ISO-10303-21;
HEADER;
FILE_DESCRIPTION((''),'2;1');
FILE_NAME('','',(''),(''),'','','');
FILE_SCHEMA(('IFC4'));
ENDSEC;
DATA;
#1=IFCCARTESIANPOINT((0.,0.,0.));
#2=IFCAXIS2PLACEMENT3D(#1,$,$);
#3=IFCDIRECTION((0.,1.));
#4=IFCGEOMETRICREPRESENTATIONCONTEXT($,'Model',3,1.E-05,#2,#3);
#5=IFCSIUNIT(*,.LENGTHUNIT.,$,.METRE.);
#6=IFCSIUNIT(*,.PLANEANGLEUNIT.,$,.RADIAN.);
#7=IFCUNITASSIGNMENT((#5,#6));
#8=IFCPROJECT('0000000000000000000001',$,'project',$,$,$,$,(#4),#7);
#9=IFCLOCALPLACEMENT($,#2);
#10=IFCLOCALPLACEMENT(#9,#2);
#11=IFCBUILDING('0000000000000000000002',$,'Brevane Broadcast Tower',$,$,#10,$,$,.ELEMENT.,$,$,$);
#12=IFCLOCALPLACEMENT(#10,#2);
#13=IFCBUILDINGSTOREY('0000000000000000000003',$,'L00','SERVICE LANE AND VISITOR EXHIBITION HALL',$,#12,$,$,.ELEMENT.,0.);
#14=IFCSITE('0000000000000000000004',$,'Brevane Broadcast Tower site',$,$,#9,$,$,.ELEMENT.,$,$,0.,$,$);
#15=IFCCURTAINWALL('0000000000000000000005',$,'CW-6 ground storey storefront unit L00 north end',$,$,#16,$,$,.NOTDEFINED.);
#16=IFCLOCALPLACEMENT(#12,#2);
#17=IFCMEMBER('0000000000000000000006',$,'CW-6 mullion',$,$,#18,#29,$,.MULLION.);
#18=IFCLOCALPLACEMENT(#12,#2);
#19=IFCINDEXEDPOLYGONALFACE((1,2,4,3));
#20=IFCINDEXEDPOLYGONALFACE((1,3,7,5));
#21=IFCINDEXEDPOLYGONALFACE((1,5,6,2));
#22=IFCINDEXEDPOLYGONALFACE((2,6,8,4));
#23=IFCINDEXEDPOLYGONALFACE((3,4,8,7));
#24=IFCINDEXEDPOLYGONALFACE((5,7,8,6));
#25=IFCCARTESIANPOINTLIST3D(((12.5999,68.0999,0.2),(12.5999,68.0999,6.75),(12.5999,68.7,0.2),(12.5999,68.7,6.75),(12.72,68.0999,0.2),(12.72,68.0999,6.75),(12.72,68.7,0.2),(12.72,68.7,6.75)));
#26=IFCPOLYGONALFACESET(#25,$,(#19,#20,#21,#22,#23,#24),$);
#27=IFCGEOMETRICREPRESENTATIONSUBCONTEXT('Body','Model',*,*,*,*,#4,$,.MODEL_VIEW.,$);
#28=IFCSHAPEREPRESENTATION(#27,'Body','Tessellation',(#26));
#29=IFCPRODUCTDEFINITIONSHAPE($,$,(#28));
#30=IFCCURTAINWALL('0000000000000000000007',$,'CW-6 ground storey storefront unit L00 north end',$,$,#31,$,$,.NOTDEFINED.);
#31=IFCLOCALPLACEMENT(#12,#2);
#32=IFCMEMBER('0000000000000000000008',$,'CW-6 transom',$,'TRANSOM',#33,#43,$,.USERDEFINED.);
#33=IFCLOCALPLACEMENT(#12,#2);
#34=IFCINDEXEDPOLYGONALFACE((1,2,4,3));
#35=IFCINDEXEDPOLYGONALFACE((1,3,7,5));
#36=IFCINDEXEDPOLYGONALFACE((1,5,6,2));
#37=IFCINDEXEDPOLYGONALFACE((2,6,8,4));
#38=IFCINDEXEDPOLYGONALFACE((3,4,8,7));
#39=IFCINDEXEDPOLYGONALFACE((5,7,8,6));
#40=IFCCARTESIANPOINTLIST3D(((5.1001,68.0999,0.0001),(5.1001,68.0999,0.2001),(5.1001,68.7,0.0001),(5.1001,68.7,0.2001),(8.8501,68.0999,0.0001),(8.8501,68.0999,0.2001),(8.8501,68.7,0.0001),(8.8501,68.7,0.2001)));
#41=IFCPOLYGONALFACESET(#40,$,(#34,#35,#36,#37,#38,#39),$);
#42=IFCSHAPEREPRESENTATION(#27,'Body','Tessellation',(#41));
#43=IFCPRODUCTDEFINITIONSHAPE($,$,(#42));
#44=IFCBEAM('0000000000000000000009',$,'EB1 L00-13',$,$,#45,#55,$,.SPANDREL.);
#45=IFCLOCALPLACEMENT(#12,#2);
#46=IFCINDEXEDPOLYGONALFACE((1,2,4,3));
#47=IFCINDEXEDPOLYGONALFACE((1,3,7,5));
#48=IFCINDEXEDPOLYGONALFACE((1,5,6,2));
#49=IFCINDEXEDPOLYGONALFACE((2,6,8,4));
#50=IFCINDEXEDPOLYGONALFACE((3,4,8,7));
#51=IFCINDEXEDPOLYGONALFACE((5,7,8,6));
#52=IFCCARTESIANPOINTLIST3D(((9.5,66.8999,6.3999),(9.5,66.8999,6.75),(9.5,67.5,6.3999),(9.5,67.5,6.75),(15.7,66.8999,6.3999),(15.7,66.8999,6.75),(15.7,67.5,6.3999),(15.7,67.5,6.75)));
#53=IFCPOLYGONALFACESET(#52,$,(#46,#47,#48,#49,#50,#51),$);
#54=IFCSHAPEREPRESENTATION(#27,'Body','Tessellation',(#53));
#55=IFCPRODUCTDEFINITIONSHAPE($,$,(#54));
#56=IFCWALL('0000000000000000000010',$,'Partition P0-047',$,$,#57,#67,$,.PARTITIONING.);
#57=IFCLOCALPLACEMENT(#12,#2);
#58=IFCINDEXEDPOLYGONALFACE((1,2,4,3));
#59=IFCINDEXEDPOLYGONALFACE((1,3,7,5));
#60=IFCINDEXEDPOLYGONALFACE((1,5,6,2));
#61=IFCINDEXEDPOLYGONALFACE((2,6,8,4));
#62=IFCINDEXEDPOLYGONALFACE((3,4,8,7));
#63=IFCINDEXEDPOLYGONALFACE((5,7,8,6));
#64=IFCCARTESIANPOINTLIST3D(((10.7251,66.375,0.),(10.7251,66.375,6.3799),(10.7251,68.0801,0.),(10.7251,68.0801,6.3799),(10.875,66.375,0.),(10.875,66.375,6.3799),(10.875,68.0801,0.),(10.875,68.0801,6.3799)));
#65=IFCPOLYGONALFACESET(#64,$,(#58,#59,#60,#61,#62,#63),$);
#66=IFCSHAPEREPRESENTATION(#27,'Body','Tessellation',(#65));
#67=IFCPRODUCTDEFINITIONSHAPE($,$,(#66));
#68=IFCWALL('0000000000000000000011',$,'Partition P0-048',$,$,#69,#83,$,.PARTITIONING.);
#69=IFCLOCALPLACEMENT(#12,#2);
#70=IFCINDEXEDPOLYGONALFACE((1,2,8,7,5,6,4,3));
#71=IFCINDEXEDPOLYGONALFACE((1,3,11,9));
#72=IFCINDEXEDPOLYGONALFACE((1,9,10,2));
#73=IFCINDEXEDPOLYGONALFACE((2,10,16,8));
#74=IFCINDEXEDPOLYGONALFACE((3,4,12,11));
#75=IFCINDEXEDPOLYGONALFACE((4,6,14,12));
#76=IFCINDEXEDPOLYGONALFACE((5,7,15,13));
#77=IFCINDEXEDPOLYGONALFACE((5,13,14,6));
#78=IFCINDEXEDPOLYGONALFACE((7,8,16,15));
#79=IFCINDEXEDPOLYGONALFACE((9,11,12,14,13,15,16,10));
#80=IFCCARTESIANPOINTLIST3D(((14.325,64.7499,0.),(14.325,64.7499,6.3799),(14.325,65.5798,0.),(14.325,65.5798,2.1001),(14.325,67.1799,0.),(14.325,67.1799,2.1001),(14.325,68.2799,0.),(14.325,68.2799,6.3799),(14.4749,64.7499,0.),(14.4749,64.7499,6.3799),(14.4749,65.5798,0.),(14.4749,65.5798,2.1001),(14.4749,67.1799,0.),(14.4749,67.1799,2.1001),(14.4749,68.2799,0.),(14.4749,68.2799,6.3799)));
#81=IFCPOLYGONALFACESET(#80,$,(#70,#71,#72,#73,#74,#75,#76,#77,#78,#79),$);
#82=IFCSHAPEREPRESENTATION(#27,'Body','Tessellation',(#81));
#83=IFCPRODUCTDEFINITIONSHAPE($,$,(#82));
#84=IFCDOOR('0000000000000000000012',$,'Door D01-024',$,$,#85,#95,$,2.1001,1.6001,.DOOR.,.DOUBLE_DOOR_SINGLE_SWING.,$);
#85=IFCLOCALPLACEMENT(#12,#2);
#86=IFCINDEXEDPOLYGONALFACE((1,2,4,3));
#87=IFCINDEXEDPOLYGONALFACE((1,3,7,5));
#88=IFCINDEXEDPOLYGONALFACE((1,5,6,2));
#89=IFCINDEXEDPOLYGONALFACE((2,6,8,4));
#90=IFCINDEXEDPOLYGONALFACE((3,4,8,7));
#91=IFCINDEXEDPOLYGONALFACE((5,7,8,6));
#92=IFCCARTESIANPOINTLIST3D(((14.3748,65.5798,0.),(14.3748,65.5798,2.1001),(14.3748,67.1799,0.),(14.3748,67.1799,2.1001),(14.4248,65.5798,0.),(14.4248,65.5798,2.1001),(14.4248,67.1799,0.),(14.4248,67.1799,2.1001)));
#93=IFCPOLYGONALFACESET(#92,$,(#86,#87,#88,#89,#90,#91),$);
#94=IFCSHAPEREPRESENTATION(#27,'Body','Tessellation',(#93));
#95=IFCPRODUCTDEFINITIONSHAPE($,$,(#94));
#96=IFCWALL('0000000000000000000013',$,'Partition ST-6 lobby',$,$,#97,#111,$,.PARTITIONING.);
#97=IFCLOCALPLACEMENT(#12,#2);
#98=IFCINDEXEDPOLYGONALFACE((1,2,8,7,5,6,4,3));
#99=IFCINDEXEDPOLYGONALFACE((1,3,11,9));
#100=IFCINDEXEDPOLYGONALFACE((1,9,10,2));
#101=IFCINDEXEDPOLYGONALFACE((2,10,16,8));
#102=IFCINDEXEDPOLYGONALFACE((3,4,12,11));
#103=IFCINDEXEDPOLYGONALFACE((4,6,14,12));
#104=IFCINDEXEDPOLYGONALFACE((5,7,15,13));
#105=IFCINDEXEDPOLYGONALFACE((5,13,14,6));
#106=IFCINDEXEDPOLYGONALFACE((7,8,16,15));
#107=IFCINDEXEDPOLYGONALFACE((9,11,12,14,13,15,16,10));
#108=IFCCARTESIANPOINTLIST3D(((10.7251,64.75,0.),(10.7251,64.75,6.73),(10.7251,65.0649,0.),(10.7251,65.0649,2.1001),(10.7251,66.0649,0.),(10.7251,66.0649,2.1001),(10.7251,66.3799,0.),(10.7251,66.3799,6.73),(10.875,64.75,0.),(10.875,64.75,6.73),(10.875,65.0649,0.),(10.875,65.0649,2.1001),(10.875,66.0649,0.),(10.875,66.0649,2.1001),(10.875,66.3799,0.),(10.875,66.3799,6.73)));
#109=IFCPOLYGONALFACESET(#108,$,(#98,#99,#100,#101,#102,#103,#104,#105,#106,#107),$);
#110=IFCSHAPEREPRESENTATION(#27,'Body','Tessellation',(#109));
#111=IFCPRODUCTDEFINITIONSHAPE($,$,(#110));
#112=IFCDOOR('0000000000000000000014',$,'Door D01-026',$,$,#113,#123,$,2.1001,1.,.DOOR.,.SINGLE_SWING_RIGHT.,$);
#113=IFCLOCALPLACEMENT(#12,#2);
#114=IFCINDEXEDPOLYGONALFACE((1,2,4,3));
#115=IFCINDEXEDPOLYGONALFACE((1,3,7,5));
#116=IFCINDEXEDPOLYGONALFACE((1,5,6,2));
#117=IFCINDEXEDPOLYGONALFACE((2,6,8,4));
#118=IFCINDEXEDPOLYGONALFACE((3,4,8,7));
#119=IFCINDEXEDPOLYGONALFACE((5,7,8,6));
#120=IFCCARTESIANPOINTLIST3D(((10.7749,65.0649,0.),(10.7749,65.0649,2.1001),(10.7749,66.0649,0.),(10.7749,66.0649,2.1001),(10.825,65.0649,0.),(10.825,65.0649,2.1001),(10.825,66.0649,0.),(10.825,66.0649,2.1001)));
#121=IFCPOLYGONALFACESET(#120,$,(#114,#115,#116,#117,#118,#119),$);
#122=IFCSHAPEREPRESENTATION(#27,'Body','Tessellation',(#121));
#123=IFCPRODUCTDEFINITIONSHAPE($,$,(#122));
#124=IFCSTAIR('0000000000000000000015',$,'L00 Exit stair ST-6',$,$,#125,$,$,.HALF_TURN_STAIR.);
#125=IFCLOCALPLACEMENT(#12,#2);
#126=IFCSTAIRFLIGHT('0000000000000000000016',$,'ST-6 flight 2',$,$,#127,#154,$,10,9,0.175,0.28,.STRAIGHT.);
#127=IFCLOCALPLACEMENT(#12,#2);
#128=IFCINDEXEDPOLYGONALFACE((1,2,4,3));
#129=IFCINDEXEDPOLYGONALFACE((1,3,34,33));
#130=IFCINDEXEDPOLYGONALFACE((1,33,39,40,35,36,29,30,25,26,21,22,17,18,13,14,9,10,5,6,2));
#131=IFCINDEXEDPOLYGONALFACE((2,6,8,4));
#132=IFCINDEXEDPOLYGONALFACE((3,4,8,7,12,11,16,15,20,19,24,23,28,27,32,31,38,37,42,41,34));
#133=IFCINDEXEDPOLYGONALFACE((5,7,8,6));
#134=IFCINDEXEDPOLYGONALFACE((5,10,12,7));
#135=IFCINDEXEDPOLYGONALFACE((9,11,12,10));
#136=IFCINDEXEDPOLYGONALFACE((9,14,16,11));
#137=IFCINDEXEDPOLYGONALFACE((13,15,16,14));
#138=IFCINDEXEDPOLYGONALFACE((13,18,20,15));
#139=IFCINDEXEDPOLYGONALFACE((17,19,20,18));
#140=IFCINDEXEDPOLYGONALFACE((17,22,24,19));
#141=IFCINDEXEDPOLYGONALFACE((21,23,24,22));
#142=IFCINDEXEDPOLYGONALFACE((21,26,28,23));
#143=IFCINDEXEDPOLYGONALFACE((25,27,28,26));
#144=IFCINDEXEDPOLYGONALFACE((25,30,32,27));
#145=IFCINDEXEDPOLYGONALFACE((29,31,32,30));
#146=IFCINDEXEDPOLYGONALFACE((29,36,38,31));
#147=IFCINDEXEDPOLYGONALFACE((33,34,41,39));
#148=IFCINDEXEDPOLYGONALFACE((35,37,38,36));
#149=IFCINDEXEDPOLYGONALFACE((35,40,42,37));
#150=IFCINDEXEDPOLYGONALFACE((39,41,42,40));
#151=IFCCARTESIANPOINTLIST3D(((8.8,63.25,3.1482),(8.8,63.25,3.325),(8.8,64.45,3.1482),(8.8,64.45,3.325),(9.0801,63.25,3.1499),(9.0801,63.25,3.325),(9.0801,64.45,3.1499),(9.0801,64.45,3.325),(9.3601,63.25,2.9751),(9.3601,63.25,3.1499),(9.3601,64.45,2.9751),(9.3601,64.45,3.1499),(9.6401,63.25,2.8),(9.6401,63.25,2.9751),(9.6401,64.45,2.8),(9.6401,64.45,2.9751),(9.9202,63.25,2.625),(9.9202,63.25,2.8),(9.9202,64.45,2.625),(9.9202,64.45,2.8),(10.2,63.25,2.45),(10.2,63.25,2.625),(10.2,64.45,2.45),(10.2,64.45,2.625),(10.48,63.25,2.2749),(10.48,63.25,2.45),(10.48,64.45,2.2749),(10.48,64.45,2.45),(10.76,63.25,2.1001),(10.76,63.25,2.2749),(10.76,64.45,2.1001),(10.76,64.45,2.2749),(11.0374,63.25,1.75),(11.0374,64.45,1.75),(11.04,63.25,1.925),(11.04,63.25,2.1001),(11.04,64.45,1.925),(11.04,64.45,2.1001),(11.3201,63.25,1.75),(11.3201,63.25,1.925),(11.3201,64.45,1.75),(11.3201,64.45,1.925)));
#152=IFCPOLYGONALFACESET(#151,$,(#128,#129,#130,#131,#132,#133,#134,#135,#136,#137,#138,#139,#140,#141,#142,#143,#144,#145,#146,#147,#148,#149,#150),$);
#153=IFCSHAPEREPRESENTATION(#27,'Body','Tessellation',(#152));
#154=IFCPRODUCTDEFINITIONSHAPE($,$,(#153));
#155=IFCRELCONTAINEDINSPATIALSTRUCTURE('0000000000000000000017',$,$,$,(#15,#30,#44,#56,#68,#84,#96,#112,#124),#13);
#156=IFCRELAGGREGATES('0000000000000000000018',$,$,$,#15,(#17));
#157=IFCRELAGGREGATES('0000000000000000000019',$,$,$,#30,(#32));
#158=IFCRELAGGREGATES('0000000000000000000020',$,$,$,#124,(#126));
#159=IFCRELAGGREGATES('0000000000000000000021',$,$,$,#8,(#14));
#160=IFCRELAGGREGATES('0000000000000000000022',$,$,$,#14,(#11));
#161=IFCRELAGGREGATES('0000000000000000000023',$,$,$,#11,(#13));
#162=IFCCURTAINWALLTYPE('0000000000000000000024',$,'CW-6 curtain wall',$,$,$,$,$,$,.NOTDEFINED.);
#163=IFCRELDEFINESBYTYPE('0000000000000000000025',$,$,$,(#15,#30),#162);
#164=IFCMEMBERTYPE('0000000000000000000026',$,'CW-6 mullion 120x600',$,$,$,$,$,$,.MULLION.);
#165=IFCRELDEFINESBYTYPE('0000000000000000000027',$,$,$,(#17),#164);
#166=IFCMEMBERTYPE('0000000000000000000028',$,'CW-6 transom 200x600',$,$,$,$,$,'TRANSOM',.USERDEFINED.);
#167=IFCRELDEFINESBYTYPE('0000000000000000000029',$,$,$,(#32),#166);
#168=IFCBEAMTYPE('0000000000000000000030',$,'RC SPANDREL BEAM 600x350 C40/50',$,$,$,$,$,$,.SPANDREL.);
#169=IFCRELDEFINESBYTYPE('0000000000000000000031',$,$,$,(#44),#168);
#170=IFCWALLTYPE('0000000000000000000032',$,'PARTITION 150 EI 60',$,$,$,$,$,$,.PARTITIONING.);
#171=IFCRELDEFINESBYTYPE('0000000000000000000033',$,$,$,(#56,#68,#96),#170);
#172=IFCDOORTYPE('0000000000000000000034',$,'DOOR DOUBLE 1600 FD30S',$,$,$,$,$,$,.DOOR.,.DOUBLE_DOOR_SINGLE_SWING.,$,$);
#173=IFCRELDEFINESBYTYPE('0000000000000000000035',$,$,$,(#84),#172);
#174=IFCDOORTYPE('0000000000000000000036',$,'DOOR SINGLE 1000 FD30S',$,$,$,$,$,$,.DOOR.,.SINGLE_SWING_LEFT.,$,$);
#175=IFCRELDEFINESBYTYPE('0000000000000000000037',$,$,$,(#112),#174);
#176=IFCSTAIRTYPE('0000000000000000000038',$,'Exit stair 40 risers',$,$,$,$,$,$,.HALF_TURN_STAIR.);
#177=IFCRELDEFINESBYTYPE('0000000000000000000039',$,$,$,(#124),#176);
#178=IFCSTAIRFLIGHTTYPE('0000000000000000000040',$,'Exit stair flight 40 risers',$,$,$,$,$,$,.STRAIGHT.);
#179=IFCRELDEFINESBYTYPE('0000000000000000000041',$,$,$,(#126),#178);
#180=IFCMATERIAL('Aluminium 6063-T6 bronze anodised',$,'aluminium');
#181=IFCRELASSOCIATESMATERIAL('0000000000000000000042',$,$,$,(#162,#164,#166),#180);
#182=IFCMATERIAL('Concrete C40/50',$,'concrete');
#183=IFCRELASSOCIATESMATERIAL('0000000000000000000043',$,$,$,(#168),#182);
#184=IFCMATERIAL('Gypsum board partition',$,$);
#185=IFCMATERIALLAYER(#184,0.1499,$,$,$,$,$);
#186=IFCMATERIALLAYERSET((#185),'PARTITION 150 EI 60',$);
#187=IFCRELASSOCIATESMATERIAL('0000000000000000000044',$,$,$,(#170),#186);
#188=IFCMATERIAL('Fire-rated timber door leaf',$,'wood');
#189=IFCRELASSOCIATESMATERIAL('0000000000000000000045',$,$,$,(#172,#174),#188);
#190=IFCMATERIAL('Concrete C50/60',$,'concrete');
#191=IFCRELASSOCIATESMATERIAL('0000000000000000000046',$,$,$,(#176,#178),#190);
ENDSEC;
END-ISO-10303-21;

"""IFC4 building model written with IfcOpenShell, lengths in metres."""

from ifc_helpers import new_model, si_unit, direction, frame, frame_2d, origin, origin_2d, place, context, subcontext, project, spatial, polyline, rectangle, outline, extrude, material, layer, layer_set, material_profile, profile_set, type_object, element, fill, aggregate, save


model = new_model("IFC4")

# Units and contexts
model_context = context("Model", 3, precision=1e-05, world=origin(), true_north=direction((0.0, 1.0)))
body_context = subcontext(model_context, "Body", "Model", "MODEL_VIEW")
ifc_project = project(units=[si_unit("LENGTHUNIT", "METRE"), si_unit("PLANEANGLEUNIT", "RADIAN")], contexts=[model_context])

# Site, building, storey
site_placement = place(None, origin())
site = spatial("IfcSite", under=ifc_project, at=site_placement, Name="Brevane Broadcast Tower site", CompositionType="ELEMENT", RefElevation=0.0)
building_placement = place(site_placement, origin())
building = spatial("IfcBuilding", under=site, at=building_placement, Name="Brevane Broadcast Tower", CompositionType="ELEMENT")
storey_placement = place(building_placement, origin())
storey = spatial("IfcBuildingStorey", under=building, at=storey_placement, Name="L00", Description="SERVICE LANE AND VISITOR EXHIBITION HALL", CompositionType="ELEMENT", Elevation=0.0)

# Curtain walls, members
ifc_material_1 = material(Name="Aluminium 6063-T6 bronze anodised", Category="aluminium")
curtain_wall_type = type_object("IfcCurtainWallType", Name="CW-6 curtain wall", PredefinedType="NOTDEFINED", material=ifc_material_1)
curtain_wall_1_placement = place(storey_placement, origin())
curtain_wall_1 = element("IfcCurtainWall", 1, at=curtain_wall_1_placement, inside=storey, type_object=curtain_wall_type, Name="CW-6 ground storey storefront unit L00 north end", PredefinedType="NOTDEFINED")
ifc_material_profile_1 = material_profile(ifc_material_1, rectangle(XDim=0.6001, YDim=0.1201, at=origin_2d()), Name="RECT 120x600")
ifc_profile_set_1 = profile_set([ifc_material_profile_1], Name="Aluminium 6063-T6 bronze anodised")
member_type_1 = type_object("IfcMemberType", Name="CW-6 mullion 120x600", PredefinedType="MULLION", material=ifc_profile_set_1)
member_1_placement = place(storey_placement, frame((12.6599, 68.3999, 0.2), z_axis=(0.0, 0.0, 1.0), x_axis=(0.0, -1.0, 0.0)))
member_1 = element("IfcMember", 2, at=member_1_placement, type_object=member_type_1, Name="CW-6 mullion", PredefinedType="MULLION", context=body_context, shape_type="SweptSolid", body=[
    extrude(rectangle(XDim=0.6001, YDim=0.1201, at=origin_2d()), origin(), (0.0, 0.0, 1.0), 6.55),
])
aggregate(curtain_wall_1, [member_1])
curtain_wall_2_placement = place(storey_placement, origin())
curtain_wall_2 = element("IfcCurtainWall", 3, at=curtain_wall_2_placement, inside=storey, type_object=curtain_wall_type, Name="CW-6 ground storey storefront unit L00 north end", PredefinedType="NOTDEFINED")
ifc_material_profile_2 = material_profile(ifc_material_1, rectangle(XDim=0.6001, YDim=0.2, at=origin_2d()), Name="RECT 200x600")
ifc_profile_set_2 = profile_set([ifc_material_profile_2], Name="Aluminium 6063-T6 bronze anodised")
member_type_2 = type_object("IfcMemberType", Name="CW-6 transom 200x600", ElementType="TRANSOM", PredefinedType="USERDEFINED", material=ifc_profile_set_2)
member_2_placement = place(storey_placement, frame((8.8501, 68.3999, 0.1001), z_axis=(-1.0, 0.0, 0.0), x_axis=(0.0, -1.0, 0.0)))
member_2 = element("IfcMember", 4, at=member_2_placement, type_object=member_type_2, Name="CW-6 transom", ObjectType="TRANSOM", PredefinedType="USERDEFINED", context=body_context, shape_type="SweptSolid", body=[
    extrude(rectangle(XDim=0.6001, YDim=0.2, at=origin_2d()), origin(), (0.0, 0.0, 1.0), 3.75),
])
aggregate(curtain_wall_2, [member_2])

# Beam
ifc_material_2 = material(Name="Concrete C40/50", Category="concrete")
ifc_material_profile_3 = material_profile(ifc_material_2, rectangle(XDim=0.6001, YDim=0.3501, at=origin_2d()), Name="RC 600x350")
ifc_profile_set_3 = profile_set([ifc_material_profile_3], Name="Concrete C40/50")
beam_type = type_object("IfcBeamType", Name="RC SPANDREL BEAM 600x350 C40/50", PredefinedType="SPANDREL", material=ifc_profile_set_3)
beam_placement = place(storey_placement, frame((15.7, 67.2, 6.575), z_axis=(-1.0, 0.0, 0.0), x_axis=(0.0, -1.0, 0.0)))
element("IfcBeam", 5, at=beam_placement, inside=storey, type_object=beam_type, Name="EB1 L00-13", PredefinedType="SPANDREL", context=body_context, shape_type="SweptSolid", body=[
    extrude(rectangle(XDim=0.6001, YDim=0.3501, at=origin_2d()), origin(), (0.0, 0.0, 1.0), 6.2),
])

# Wall
ifc_material_3 = material(Name="Gypsum board partition")
ifc_layer_1 = layer(ifc_material_3, 0.1499)
ifc_layer_set_1 = layer_set([ifc_layer_1], Name="PARTITION 150 EI 60")
wall_type_1 = type_object("IfcWallType", Name="PARTITION 150 EI 60", PredefinedType="PARTITIONING", material=ifc_layer_set_1)
wall_1_placement = place(storey_placement, frame((10.8, 66.375, 0.0), z_axis=(0.0, 0.0, 1.0), x_axis=(0.0, 1.0, 0.0)))
element("IfcWall", 6, at=wall_1_placement, inside=storey, type_object=wall_type_1, Name="Partition P0-047", PredefinedType="PARTITIONING", context=body_context, shape_type="SweptSolid", body=[
    extrude(rectangle(XDim=1.7051, YDim=0.1499, at=frame_2d((0.8525, 0.0))), origin(), (0.0, 0.0, 1.0), 6.3799),
])

# Walls, openings, doors
wall_2_placement = place(storey_placement, frame((14.3999, 68.28, 0.0), z_axis=(0.0, 0.0, 1.0), x_axis=(0.0, -1.0, 0.0)))
wall_2 = element("IfcWall", 7, at=wall_2_placement, inside=storey, type_object=wall_type_1, Name="Partition P0-048", PredefinedType="PARTITIONING", context=body_context, shape_type="SweptSolid", body=[
    extrude(rectangle(XDim=3.53, YDim=0.1499, at=frame_2d((1.7651, 0.0))), origin(), (0.0, 0.0, 1.0), 6.3799),
])
opening_1_placement = place(wall_2_placement, frame((1.1001, 0.0, 0.0)))
opening_1 = element("IfcOpeningElement", 8, at=opening_1_placement, cuts=wall_2, PredefinedType="OPENING", context=body_context, shape_type="SweptSolid", body=[
    extrude(rectangle(XDim=1.6001, YDim=2.1001, at=frame_2d((0.8, 1.05))), frame((0.0, 0.085, 0.0), z_axis=(0.0, -1.0, 0.0), x_axis=(1.0, 0.0, 0.0)), (0.0, 0.0, 1.0), 0.1699),
])
ifc_material_4 = material(Name="Fire-rated timber door leaf", Category="wood")
door_type_1 = type_object("IfcDoorType", Name="DOOR DOUBLE 1600 FD30S", OperationType="DOUBLE_DOOR_SINGLE_SWING", PredefinedType="DOOR", material=ifc_material_4)
door_1_placement = place(opening_1_placement, origin())
door_1 = element("IfcDoor", 9, at=door_1_placement, inside=storey, type_object=door_type_1, Name="Door D01-024", OperationType="DOUBLE_DOOR_SINGLE_SWING", OverallHeight=2.1001, OverallWidth=1.6001, PredefinedType="DOOR", context=body_context, shape_type="SweptSolid", body=[
    extrude(rectangle(XDim=1.6001, YDim=2.1001, at=frame_2d((0.8, 1.05))), frame((0.0, 0.0249, 0.0), z_axis=(0.0, -1.0, 0.0), x_axis=(1.0, 0.0, 0.0)), (0.0, 0.0, 1.0), 0.05),
])
fill(opening_1, door_1)
wall_3_placement = place(storey_placement, frame((10.8, 66.3799, 0.0), z_axis=(0.0, 0.0, 1.0), x_axis=(0.0, -1.0, 0.0)))
wall_3 = element("IfcWall", 10, at=wall_3_placement, inside=storey, type_object=wall_type_1, Name="Partition ST-6 lobby", PredefinedType="PARTITIONING", context=body_context, shape_type="SweptSolid", body=[
    extrude(rectangle(XDim=1.6299, YDim=0.1499, at=frame_2d((0.8149, 0.0))), origin(), (0.0, 0.0, 1.0), 6.73),
])
opening_2_placement = place(wall_3_placement, frame((0.3149, 0.0, 0.0)))
opening_2 = element("IfcOpeningElement", 11, at=opening_2_placement, cuts=wall_3, PredefinedType="OPENING", context=body_context, shape_type="SweptSolid", body=[
    extrude(rectangle(XDim=1.0, YDim=2.1001, at=frame_2d((0.5, 1.05))), frame((0.0, 0.085, 0.0), z_axis=(0.0, -1.0, 0.0), x_axis=(1.0, 0.0, 0.0)), (0.0, 0.0, 1.0), 0.1699),
])
door_type_2 = type_object("IfcDoorType", Name="DOOR SINGLE 1000 FD30S", OperationType="SINGLE_SWING_LEFT", PredefinedType="DOOR", material=ifc_material_4)
door_2_placement = place(opening_2_placement, origin())
door_2 = element("IfcDoor", 12, at=door_2_placement, inside=storey, type_object=door_type_2, Name="Door D01-026", OperationType="SINGLE_SWING_RIGHT", OverallHeight=2.1001, OverallWidth=1.0, PredefinedType="DOOR", context=body_context, shape_type="SweptSolid", body=[
    extrude(rectangle(XDim=1.0, YDim=2.1001, at=frame_2d((0.5, 1.05))), frame((0.0, 0.0249, 0.0), z_axis=(0.0, -1.0, 0.0), x_axis=(1.0, 0.0, 0.0)), (0.0, 0.0, 1.0), 0.05),
])
fill(opening_2, door_2)

# Stair, stair flight
ifc_material_5 = material(Name="Concrete C50/60", Category="concrete")
stair_type = type_object("IfcStairType", Name="Exit stair 40 risers", PredefinedType="HALF_TURN_STAIR", material=ifc_material_5)
stair_placement = place(storey_placement, origin())
stair = element("IfcStair", 13, at=stair_placement, inside=storey, type_object=stair_type, Name="L00 Exit stair ST-6", PredefinedType="HALF_TURN_STAIR")
stair_flight_type = type_object("IfcStairFlightType", Name="Exit stair flight 40 risers", PredefinedType="STRAIGHT", material=ifc_material_5)
stair_flight_1_placement = place(storey_placement, frame((11.3201, 63.8501, 1.75), z_axis=(0.0, 0.0, 1.0), x_axis=(-1.0, 0.0, 0.0)))
stair_flight_1 = element("IfcStairFlight", 14, at=stair_flight_1_placement, type_object=stair_flight_type, Name="ST-6 flight 2", NumberOfRisers=10, NumberOfTreads=9, PredefinedType="STRAIGHT", RiserHeight=0.175, TreadLength=0.28, context=body_context, shape_type="SweptSolid", body=[
    extrude(outline(polyline([(0.0, 0.0), (0.0, 0.175), (0.28, 0.175), (0.28, 0.3501), (0.5601, 0.3501), (0.5601, 0.5249), (0.8401, 0.5249), (0.8401, 0.7), (1.1201, 0.7), (1.1201, 0.875), (1.3999, 0.875), (1.3999, 1.05), (1.6799, 1.05), (1.6799, 1.2251), (1.96, 1.2251), (1.96, 1.3999), (2.24, 1.3999), (2.24, 1.575), (2.52, 1.575), (2.52, 1.75), (2.52, 1.3982), (0.2827, 0.0), (0.0, 0.0)])), frame((0.0, 0.6001, 0.0), z_axis=(0.0, -1.0, 0.0), x_axis=(1.0, 0.0, 0.0)), (0.0, 0.0, 1.0), 1.2),
])
aggregate(stair, [stair_flight_1])

save(model, "model.ifc")
